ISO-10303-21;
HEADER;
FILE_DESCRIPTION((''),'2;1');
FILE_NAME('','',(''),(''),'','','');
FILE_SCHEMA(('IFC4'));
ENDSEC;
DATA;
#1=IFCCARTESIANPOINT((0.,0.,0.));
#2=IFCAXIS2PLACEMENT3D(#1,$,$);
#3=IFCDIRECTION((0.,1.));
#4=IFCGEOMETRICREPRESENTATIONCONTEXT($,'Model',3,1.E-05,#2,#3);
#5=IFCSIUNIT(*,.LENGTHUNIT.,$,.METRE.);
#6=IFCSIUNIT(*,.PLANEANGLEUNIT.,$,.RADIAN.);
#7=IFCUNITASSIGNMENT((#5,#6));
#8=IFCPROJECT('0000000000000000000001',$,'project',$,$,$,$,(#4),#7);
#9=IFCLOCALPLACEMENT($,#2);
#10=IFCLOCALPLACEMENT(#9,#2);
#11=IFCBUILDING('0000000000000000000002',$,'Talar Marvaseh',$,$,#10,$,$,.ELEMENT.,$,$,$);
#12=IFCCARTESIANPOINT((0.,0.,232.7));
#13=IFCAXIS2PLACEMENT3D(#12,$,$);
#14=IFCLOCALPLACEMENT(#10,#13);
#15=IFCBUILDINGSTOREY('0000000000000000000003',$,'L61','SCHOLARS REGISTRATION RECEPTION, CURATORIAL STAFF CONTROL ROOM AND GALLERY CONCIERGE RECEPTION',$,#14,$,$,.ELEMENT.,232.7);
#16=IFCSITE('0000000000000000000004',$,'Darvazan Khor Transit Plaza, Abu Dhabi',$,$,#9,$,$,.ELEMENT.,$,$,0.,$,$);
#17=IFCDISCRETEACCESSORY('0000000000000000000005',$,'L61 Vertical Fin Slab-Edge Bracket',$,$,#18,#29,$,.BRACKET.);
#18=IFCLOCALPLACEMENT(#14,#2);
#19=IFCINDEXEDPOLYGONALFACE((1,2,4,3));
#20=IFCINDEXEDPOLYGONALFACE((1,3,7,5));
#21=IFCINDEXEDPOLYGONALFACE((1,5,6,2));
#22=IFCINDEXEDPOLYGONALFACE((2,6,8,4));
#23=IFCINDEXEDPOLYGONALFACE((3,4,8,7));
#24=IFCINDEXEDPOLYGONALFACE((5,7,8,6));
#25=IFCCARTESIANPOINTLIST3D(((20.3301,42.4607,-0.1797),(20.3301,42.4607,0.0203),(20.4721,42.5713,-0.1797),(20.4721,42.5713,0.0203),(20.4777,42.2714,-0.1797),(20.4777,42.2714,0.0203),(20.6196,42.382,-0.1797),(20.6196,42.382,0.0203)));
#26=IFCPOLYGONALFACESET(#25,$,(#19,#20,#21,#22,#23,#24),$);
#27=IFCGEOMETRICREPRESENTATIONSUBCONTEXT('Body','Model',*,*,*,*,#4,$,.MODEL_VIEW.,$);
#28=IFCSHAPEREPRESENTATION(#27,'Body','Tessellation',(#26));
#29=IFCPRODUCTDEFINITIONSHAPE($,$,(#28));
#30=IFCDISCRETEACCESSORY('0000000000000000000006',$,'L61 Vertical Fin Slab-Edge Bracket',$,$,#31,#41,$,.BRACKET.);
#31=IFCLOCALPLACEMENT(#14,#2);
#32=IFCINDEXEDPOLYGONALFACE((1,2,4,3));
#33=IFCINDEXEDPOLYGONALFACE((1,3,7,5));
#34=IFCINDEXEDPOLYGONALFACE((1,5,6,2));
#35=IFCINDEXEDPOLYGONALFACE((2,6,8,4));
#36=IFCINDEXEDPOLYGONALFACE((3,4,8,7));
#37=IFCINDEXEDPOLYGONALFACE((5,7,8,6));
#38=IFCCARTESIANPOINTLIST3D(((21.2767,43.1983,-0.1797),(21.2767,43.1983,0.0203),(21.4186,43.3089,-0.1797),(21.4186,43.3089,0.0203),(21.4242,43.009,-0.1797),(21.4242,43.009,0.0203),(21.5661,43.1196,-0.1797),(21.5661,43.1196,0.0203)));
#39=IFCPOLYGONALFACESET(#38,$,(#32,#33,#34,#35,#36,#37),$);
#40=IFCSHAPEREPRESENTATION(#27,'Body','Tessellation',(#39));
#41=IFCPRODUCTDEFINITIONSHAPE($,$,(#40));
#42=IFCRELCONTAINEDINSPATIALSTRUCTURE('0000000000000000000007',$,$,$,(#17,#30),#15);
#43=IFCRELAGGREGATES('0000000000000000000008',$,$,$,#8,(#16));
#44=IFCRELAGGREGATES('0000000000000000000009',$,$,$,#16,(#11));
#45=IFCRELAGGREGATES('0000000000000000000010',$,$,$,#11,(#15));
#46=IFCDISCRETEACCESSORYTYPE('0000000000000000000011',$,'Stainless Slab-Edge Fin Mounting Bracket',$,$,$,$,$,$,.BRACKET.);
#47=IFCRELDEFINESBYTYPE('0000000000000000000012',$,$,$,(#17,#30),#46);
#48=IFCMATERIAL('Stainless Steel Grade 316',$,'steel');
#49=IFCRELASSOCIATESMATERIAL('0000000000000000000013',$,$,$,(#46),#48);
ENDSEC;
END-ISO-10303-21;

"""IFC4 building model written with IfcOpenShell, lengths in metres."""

from ifc_helpers import new_model, si_unit, direction, frame, origin, origin_2d, place, context, subcontext, project, spatial, rectangle, extrude, source, transform, mapped, material, type_object, type_shapes, element, save


model = new_model("IFC4")

# Units and contexts
model_context = context("Model", 3, precision=1e-05, world=origin(), true_north=direction((0.0, 1.0)))
body_context = subcontext(model_context, "Body", "Model", "MODEL_VIEW")
ifc_project = project(units=[si_unit("LENGTHUNIT", "METRE"), si_unit("PLANEANGLEUNIT", "RADIAN")], contexts=[model_context])

# Site, building, storey
site_placement = place(None, origin())
site = spatial("IfcSite", under=ifc_project, at=site_placement, Name="Darvazan Khor Transit Plaza, Abu Dhabi", CompositionType="ELEMENT", RefElevation=0.0)
building_placement = place(site_placement, origin())
building = spatial("IfcBuilding", under=site, at=building_placement, Name="Talar Marvaseh", CompositionType="ELEMENT")
storey_placement = place(building_placement, frame((0.0, 0.0, 232.7)))
storey = spatial("IfcBuildingStorey", under=building, at=storey_placement, Name="L61", Description="SCHOLARS REGISTRATION RECEPTION, CURATORIAL STAFF CONTROL ROOM AND GALLERY CONCIERGE RECEPTION", CompositionType="ELEMENT", Elevation=232.7)

# Discrete accessories
ifc_material_1 = material(Name="Stainless Steel Grade 316", Category="steel")
discrete_accessory_type = type_object("IfcDiscreteAccessoryType", Name="Stainless Slab-Edge Fin Mounting Bracket", PredefinedType="BRACKET", material=ifc_material_1)
shared_shape_1 = source(origin(), body_context, "Body", "SweptSolid", [
    extrude(rectangle(XDim=0.24, YDim=0.1799, at=origin_2d()), origin(), (0.0, 0.0, 1.0), 0.2),
])
type_shapes(discrete_accessory_type, [shared_shape_1])
for number, where, z_axis, x_axis, name in (
    (1, (20.4749, 42.4214, -0.1797), (0.0, 0.0, 1.0), (-0.614698, 0.788762, 0.0), "L61 Vertical Fin Slab-Edge Bracket"),
    (2, (21.4214, 43.1589, -0.1797), (0.0, 0.0, 1.0), (-0.614698, 0.788762, 0.0), "L61 Vertical Fin Slab-Edge Bracket"),
):
    element("IfcDiscreteAccessory", number, at=place(storey_placement, frame(where, z_axis=z_axis, x_axis=x_axis)), inside=storey, type_object=discrete_accessory_type, Name=name, PredefinedType="BRACKET", context=body_context, shape_type="MappedRepresentation", body=[
        mapped(shared_shape_1, transform((0.0, 0.0, 0.0), x_axis=(1.0, 0.0, 0.0), y_axis=(0.0, 1.0, 0.0), z_axis=(0.0, 0.0, 1.0), scale=1.0)),
    ])

save(model, "model.ifc")
